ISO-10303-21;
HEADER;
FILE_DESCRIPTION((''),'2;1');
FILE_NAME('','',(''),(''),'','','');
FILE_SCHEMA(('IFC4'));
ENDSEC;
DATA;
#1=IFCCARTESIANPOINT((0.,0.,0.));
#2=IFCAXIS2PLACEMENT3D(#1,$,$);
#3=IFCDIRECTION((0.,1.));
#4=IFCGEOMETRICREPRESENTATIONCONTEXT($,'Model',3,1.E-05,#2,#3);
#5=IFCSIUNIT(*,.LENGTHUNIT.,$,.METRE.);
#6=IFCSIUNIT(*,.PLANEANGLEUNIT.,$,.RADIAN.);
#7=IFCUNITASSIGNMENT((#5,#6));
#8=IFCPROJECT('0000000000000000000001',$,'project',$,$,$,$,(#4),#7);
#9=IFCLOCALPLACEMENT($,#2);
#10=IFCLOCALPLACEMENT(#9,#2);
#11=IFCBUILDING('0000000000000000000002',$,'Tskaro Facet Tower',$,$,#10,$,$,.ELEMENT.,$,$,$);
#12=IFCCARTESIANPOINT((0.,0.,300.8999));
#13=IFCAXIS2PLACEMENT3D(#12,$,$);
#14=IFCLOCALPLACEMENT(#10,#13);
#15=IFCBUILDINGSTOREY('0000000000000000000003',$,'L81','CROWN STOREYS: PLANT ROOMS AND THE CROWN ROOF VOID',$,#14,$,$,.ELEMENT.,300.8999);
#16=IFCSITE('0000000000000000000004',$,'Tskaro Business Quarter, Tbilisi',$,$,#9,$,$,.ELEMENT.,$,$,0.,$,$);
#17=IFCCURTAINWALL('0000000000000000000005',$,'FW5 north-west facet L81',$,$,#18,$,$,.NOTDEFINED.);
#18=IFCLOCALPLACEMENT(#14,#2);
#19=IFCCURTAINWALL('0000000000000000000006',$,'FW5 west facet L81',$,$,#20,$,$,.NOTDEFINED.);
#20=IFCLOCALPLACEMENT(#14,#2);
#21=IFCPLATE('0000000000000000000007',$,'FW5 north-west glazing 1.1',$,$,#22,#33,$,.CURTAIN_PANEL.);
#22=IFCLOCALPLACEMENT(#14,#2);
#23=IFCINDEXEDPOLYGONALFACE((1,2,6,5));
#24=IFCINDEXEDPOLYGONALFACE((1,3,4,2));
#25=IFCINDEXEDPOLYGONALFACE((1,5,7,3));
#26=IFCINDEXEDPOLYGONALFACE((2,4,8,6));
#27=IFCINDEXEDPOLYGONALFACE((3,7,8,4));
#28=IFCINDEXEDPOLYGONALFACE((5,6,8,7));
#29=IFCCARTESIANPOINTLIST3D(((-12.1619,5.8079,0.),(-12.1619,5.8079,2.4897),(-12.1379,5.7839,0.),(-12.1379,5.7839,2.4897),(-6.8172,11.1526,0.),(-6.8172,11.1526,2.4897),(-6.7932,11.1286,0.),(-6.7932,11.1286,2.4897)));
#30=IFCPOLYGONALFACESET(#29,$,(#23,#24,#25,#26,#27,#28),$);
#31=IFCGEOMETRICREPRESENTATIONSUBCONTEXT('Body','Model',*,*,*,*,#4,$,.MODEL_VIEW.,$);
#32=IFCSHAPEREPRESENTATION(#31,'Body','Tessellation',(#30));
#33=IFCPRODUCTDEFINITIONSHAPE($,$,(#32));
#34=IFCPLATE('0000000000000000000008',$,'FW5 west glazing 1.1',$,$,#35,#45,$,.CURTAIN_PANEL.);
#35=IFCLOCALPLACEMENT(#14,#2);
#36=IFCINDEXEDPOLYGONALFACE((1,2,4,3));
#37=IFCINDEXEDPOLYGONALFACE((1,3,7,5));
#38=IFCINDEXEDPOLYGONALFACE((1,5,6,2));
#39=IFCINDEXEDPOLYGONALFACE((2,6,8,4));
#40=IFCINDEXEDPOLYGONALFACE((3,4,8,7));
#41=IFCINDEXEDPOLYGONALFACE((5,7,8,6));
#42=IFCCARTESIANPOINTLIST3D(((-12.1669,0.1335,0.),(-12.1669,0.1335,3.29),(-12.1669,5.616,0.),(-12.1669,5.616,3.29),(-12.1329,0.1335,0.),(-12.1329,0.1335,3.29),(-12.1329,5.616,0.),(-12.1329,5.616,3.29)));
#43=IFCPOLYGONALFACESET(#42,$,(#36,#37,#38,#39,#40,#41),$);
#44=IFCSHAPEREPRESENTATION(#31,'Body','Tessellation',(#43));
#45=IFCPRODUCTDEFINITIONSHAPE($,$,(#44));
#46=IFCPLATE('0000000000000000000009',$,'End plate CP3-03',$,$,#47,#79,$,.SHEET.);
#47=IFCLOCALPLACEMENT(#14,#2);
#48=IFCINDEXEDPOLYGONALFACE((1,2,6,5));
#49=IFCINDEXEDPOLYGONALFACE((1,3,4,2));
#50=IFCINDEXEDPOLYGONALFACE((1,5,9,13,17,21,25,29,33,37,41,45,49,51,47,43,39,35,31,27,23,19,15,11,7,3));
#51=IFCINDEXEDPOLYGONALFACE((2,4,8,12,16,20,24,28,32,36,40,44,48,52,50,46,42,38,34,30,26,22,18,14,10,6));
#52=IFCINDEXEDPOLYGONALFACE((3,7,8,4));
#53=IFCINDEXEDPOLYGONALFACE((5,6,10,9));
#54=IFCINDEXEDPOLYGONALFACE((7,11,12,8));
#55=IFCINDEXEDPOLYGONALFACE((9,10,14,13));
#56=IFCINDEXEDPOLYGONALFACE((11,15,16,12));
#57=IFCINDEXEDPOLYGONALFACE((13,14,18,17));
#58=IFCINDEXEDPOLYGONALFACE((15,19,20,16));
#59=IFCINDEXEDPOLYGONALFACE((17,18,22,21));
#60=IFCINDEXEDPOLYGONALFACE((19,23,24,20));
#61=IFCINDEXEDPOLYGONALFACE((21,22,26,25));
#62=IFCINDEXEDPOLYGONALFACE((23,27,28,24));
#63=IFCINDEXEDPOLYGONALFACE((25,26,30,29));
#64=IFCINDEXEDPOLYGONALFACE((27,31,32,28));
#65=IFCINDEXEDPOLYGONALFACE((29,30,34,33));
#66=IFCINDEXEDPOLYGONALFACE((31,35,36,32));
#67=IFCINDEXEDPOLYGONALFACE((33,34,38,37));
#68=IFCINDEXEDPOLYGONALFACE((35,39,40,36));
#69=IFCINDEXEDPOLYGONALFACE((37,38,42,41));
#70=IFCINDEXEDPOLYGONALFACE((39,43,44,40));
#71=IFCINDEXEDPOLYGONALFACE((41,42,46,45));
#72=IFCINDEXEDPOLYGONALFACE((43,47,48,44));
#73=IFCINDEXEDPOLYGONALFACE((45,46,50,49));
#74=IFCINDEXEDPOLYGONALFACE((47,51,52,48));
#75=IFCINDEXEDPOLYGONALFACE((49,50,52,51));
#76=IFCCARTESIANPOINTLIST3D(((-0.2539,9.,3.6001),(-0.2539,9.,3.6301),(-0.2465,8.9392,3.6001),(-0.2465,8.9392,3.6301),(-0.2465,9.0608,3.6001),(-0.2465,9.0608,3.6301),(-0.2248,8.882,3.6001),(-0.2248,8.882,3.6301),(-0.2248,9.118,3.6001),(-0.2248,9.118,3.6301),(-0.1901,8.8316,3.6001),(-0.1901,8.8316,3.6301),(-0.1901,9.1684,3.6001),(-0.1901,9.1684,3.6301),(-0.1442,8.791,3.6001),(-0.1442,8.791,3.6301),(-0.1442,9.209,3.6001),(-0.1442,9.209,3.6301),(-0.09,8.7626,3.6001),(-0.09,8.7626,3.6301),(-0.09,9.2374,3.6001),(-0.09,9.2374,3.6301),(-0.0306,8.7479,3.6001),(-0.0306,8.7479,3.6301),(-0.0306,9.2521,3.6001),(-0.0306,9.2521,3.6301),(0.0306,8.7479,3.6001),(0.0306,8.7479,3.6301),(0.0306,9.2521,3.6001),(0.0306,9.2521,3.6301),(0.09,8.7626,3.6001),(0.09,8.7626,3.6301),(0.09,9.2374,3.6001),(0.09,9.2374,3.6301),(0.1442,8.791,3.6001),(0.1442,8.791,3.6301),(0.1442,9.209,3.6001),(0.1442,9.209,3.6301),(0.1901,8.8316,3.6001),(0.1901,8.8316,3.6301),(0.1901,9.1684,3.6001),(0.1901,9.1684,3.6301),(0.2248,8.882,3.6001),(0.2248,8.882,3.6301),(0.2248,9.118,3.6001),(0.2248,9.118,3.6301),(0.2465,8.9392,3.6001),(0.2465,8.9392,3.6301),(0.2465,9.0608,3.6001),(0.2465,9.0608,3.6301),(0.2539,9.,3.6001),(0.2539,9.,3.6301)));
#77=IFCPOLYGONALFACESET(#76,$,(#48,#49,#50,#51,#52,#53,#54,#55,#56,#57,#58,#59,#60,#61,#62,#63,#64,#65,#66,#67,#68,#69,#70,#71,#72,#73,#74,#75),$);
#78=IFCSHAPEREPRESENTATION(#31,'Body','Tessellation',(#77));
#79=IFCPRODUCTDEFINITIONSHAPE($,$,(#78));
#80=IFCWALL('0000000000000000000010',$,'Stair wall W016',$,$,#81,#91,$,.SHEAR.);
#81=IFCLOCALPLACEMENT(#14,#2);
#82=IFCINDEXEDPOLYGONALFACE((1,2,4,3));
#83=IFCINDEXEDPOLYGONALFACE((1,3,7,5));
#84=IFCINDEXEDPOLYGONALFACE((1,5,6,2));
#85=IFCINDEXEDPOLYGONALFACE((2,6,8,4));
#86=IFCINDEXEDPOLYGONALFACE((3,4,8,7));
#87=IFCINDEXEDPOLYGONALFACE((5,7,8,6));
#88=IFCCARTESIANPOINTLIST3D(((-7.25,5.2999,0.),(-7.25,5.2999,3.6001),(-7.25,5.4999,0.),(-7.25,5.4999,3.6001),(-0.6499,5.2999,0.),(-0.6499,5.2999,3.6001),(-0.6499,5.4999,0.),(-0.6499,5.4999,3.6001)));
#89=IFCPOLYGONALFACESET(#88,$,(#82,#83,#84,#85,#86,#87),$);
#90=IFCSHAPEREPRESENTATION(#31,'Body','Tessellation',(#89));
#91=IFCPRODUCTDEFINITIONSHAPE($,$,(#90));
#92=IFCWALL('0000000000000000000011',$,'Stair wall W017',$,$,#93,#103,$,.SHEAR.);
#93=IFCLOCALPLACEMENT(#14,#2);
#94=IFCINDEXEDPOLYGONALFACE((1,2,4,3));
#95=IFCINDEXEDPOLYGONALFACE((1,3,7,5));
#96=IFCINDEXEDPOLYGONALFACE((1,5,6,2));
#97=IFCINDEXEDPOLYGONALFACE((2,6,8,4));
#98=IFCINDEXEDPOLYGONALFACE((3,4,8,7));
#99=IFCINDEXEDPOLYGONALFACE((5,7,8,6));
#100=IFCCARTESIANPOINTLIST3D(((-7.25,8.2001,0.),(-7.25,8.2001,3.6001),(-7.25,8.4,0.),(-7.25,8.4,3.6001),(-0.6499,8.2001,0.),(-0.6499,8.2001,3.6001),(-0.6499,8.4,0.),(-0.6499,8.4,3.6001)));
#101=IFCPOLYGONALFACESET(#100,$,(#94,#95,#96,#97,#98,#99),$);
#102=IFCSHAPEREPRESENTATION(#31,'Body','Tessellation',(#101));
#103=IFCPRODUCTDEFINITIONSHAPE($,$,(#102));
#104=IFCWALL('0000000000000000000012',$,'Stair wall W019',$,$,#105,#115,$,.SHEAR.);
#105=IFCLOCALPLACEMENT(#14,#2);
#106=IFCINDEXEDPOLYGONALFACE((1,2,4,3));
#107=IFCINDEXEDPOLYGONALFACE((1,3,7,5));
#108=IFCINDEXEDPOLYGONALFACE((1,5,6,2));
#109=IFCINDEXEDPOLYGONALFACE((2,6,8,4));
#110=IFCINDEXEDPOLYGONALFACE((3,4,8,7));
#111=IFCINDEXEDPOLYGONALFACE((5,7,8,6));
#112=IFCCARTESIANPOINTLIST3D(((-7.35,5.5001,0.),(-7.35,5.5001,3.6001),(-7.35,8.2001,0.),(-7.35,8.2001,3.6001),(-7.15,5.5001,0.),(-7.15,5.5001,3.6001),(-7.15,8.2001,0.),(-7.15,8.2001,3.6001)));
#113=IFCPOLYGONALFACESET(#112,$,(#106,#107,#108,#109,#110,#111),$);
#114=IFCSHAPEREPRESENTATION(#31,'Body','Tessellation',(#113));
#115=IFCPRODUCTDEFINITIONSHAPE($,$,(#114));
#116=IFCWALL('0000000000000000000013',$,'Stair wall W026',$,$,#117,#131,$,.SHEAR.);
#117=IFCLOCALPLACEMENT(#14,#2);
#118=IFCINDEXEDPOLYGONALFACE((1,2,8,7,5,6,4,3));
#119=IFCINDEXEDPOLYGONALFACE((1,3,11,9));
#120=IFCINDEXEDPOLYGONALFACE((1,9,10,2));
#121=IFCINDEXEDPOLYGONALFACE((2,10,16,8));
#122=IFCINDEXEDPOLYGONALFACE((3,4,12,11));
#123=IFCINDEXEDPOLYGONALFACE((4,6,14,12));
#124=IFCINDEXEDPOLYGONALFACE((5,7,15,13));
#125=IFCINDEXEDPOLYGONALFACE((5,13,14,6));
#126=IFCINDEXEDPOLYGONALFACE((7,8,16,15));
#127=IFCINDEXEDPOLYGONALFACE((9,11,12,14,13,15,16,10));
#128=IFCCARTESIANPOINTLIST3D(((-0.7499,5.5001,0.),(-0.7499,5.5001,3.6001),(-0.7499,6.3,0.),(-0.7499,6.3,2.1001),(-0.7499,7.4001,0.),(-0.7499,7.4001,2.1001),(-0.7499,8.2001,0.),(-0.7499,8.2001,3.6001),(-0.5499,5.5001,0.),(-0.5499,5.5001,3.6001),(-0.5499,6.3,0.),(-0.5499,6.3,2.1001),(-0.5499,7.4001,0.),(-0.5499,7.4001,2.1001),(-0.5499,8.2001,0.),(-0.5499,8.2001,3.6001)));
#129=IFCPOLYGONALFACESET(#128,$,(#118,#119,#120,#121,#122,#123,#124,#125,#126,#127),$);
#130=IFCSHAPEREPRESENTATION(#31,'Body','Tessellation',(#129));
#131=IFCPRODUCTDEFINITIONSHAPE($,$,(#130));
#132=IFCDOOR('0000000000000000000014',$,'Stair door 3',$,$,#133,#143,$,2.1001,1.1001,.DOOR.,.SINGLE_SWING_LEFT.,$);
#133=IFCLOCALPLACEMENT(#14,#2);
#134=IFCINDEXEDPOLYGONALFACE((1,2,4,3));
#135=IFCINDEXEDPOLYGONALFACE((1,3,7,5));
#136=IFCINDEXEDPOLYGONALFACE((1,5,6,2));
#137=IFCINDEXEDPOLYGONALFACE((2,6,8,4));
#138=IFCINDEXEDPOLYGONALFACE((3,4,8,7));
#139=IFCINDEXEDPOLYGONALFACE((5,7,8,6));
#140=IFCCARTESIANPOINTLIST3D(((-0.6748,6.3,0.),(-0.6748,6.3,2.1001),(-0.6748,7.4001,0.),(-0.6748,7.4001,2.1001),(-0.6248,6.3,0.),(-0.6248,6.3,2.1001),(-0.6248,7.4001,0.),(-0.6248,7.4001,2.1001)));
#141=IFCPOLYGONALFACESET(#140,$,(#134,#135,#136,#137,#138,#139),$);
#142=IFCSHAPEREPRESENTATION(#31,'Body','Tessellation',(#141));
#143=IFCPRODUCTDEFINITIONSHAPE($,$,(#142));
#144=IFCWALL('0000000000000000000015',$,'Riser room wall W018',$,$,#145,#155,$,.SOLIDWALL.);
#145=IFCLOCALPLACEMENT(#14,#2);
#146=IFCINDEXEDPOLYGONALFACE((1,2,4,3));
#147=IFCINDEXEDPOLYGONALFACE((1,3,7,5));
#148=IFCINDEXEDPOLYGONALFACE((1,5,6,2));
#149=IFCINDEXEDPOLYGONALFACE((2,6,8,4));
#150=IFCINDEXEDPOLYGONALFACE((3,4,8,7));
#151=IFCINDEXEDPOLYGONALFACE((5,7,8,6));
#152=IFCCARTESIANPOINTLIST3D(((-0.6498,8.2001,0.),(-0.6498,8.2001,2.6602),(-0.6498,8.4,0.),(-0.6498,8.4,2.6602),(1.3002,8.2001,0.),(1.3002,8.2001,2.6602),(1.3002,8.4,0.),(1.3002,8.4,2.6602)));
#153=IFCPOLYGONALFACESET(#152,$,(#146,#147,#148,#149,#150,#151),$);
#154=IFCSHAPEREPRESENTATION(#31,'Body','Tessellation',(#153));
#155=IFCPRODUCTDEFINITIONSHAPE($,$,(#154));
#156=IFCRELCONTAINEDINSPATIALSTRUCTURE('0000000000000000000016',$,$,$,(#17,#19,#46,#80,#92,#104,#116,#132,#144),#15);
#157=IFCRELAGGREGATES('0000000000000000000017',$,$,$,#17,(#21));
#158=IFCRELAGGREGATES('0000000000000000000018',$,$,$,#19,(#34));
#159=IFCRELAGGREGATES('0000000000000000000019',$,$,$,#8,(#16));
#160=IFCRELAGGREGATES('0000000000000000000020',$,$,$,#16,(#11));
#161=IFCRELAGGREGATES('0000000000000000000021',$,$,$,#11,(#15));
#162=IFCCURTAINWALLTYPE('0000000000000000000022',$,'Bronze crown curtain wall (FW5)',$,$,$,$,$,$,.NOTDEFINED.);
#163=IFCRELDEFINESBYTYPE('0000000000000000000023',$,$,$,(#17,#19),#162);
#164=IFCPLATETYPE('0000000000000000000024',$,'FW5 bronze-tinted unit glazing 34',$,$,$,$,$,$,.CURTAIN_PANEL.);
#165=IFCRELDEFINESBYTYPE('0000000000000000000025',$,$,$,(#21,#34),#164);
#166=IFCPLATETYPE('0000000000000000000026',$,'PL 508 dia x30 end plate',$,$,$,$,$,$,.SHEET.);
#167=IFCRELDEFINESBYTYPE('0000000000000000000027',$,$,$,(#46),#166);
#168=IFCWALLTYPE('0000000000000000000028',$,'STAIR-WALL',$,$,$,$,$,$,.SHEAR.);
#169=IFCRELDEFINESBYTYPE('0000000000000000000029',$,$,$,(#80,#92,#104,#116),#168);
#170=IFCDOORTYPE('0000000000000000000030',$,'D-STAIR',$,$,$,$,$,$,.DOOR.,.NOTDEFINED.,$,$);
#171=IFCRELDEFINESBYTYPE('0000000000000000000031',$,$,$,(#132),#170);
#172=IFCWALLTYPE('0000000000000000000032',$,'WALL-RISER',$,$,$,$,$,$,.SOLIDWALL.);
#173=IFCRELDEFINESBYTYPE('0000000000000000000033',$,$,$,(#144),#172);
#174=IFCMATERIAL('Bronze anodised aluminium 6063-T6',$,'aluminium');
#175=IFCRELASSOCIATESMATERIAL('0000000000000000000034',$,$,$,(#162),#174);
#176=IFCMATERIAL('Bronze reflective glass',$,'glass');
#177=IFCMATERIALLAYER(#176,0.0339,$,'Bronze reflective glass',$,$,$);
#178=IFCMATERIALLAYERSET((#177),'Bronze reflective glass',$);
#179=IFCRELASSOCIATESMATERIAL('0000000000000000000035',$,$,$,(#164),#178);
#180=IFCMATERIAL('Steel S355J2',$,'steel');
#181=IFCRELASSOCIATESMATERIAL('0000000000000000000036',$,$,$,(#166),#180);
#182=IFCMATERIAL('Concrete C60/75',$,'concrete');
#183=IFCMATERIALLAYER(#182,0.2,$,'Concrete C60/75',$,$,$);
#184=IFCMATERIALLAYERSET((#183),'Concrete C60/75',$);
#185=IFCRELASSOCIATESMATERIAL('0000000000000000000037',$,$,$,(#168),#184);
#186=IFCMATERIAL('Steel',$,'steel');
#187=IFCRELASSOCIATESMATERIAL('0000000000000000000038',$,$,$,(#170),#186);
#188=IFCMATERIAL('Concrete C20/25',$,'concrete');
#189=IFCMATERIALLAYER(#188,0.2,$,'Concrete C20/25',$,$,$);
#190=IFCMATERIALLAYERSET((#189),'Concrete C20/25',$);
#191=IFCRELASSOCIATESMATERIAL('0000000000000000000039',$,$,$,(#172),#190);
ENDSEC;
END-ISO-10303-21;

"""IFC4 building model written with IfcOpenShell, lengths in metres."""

from ifc_helpers import new_model, si_unit, direction, frame, frame_2d, origin, origin_2d, place, context, subcontext, project, spatial, rectangle, circle, extrude, material, layer, layer_set, material_profile, profile_set, type_object, element, fill, aggregate, save


model = new_model("IFC4")

# Units and contexts
model_context = context("Model", 3, precision=1e-05, world=origin(), true_north=direction((0.0, 1.0)))
body_context = subcontext(model_context, "Body", "Model", "MODEL_VIEW")
ifc_project = project(units=[si_unit("LENGTHUNIT", "METRE"), si_unit("PLANEANGLEUNIT", "RADIAN")], contexts=[model_context])

# Site, building, storey
site_placement = place(None, origin())
site = spatial("IfcSite", under=ifc_project, at=site_placement, Name="Tskaro Business Quarter, Tbilisi", CompositionType="ELEMENT", RefElevation=0.0)
building_placement = place(site_placement, origin())
building = spatial("IfcBuilding", under=site, at=building_placement, Name="Tskaro Facet Tower", CompositionType="ELEMENT")
storey_placement = place(building_placement, frame((0.0, 0.0, 300.8999)))
storey = spatial("IfcBuildingStorey", under=building, at=storey_placement, Name="L81", Description="CROWN STOREYS: PLANT ROOMS AND THE CROWN ROOF VOID", CompositionType="ELEMENT", Elevation=300.8999)

# Curtain walls
ifc_material_1 = material(Name="Bronze anodised aluminium 6063-T6", Category="aluminium")
curtain_wall_type = type_object("IfcCurtainWallType", Name="Bronze crown curtain wall (FW5)", PredefinedType="NOTDEFINED", material=ifc_material_1)
curtain_wall_1_placement = place(storey_placement, origin())
curtain_wall_1 = element("IfcCurtainWall", 1, at=curtain_wall_1_placement, inside=storey, type_object=curtain_wall_type, Name="FW5 north-west facet L81", PredefinedType="NOTDEFINED")
curtain_wall_2_placement = place(storey_placement, origin())
curtain_wall_2 = element("IfcCurtainWall", 2, at=curtain_wall_2_placement, inside=storey, type_object=curtain_wall_type, Name="FW5 west facet L81", PredefinedType="NOTDEFINED")

# Shared definitions
ifc_material_2 = material(Name="Steel S355J2", Category="steel")

# Plates
ifc_material_3 = material(Name="Bronze reflective glass", Category="glass")
ifc_layer_1 = layer(ifc_material_3, 0.0339, Name="Bronze reflective glass")
ifc_layer_set_1 = layer_set([ifc_layer_1], Name="Bronze reflective glass")
plate_type_1 = type_object("IfcPlateType", Name="FW5 bronze-tinted unit glazing 34", PredefinedType="CURTAIN_PANEL", material=ifc_layer_set_1)
plate_1_placement = place(storey_placement, frame((-9.4775, 8.4683, 0.0), z_axis=(0.0, 0.0, 1.0), x_axis=(-0.707107, -0.707107, 0.0)))
plate_1 = element("IfcPlate", 3, at=plate_1_placement, type_object=plate_type_1, Name="FW5 north-west glazing 1.1", PredefinedType="CURTAIN_PANEL", context=body_context, shape_type="SweptSolid", body=[
    extrude(rectangle(XDim=7.5586, YDim=0.0339, at=origin_2d()), origin(), (0.0, 0.0, 1.0), 2.4897),
])
aggregate(curtain_wall_1, [plate_1])
plate_2_placement = place(storey_placement, frame((-12.1499, 2.8748, 0.0), z_axis=(0.0, 0.0, 1.0), x_axis=(0.0, -1.0, 0.0)))
plate_2 = element("IfcPlate", 4, at=plate_2_placement, type_object=plate_type_1, Name="FW5 west glazing 1.1", PredefinedType="CURTAIN_PANEL", context=body_context, shape_type="SweptSolid", body=[
    extrude(rectangle(XDim=5.4824, YDim=0.0339, at=origin_2d()), origin(), (0.0, 0.0, 1.0), 3.29),
])
aggregate(curtain_wall_2, [plate_2])
ifc_material_profile_1 = material_profile(ifc_material_2, circle(Radius=0.2539, at=origin_2d()), Name="PL 508 dia x30 end plate")
ifc_profile_set_1 = profile_set([ifc_material_profile_1], Name="Steel S355J2")
plate_type_2 = type_object("IfcPlateType", Name="PL 508 dia x30 end plate", PredefinedType="SHEET", material=ifc_profile_set_1)
plate_3_placement = place(storey_placement, frame((0.0, 9.0, 3.6001), z_axis=(0.0, 0.0, 1.0), x_axis=(1.0, 0.0, 0.0)))
element("IfcPlate", 5, at=plate_3_placement, inside=storey, type_object=plate_type_2, Name="End plate CP3-03", PredefinedType="SHEET", context=body_context, shape_type="SweptSolid", body=[
    extrude(circle(Radius=0.2539, at=origin_2d()), origin(), (0.0, 0.0, 1.0), 0.03),
])

# Walls
ifc_material_4 = material(Name="Concrete C60/75", Category="concrete")
ifc_layer_2 = layer(ifc_material_4, 0.2, Name="Concrete C60/75")
ifc_layer_set_2 = layer_set([ifc_layer_2], Name="Concrete C60/75")
wall_type_1 = type_object("IfcWallType", Name="STAIR-WALL", PredefinedType="SHEAR", material=ifc_layer_set_2)
for number, where, z_axis, x_axis, name in (
    (6, (-7.25, 5.3999, 0.0), (0.0, 0.0, 1.0), (1.0, 0.0, 0.0), "Stair wall W016"),
    (7, (-7.25, 8.3, 0.0), (0.0, 0.0, 1.0), (1.0, 0.0, 0.0), "Stair wall W017"),
):
    element("IfcWall", number, at=place(storey_placement, frame(where, z_axis=z_axis, x_axis=x_axis)), inside=storey, type_object=wall_type_1, Name=name, PredefinedType="SHEAR", context=body_context, shape_type="SweptSolid", body=[
        extrude(rectangle(XDim=6.6001, YDim=0.2, at=frame_2d((3.3, 0.0))), origin(), (0.0, 0.0, 1.0), 3.6001),
    ])
wall_1_placement = place(storey_placement, frame((-7.25, 5.5, 0.0), z_axis=(0.0, 0.0, 1.0), x_axis=(0.0, 1.0, 0.0)))
element("IfcWall", 8, at=wall_1_placement, inside=storey, type_object=wall_type_1, Name="Stair wall W019", PredefinedType="SHEAR", context=body_context, shape_type="SweptSolid", body=[
    extrude(rectangle(XDim=2.7, YDim=0.2, at=frame_2d((1.3501, 0.0))), origin(), (0.0, 0.0, 1.0), 3.6001),
])

# Wall, opening, door
wall_2_placement = place(storey_placement, frame((-0.6499, 5.5, 0.0), z_axis=(0.0, 0.0, 1.0), x_axis=(0.0, 1.0, 0.0)))
wall_2 = element("IfcWall", 9, at=wall_2_placement, inside=storey, type_object=wall_type_1, Name="Stair wall W026", PredefinedType="SHEAR", context=body_context, shape_type="SweptSolid", body=[
    extrude(rectangle(XDim=2.7, YDim=0.2, at=frame_2d((1.3501, 0.0))), origin(), (0.0, 0.0, 1.0), 3.6001),
])
opening_placement = place(wall_2_placement, frame((0.8, 0.0, 0.0)))
opening = element("IfcOpeningElement", 10, at=opening_placement, cuts=wall_2, PredefinedType="OPENING", context=body_context, shape_type="SweptSolid", body=[
    extrude(rectangle(XDim=1.1001, YDim=2.1001, at=frame_2d((0.55, 1.05))), frame((0.0, 0.1099, 0.0), z_axis=(0.0, -1.0, 0.0), x_axis=(1.0, 0.0, 0.0)), (0.0, 0.0, 1.0), 0.22),
])
ifc_material_5 = material(Name="Steel", Category="steel")
door_type = type_object("IfcDoorType", Name="D-STAIR", OperationType="NOTDEFINED", PredefinedType="DOOR", material=ifc_material_5)
door_placement = place(opening_placement, origin())
door = element("IfcDoor", 11, at=door_placement, inside=storey, type_object=door_type, Name="Stair door 3", OperationType="SINGLE_SWING_LEFT", OverallHeight=2.1001, OverallWidth=1.1001, PredefinedType="DOOR", context=body_context, shape_type="SweptSolid", body=[
    extrude(rectangle(XDim=1.1001, YDim=2.1001, at=frame_2d((0.55, 1.05))), frame((0.0, 0.0249, 0.0), z_axis=(0.0, -1.0, 0.0), x_axis=(1.0, 0.0, 0.0)), (0.0, 0.0, 1.0), 0.05),
])
fill(opening, door)

# Wall
ifc_material_6 = material(Name="Concrete C20/25", Category="concrete")
ifc_layer_3 = layer(ifc_material_6, 0.2, Name="Concrete C20/25")
ifc_layer_set_3 = layer_set([ifc_layer_3], Name="Concrete C20/25")
wall_type_2 = type_object("IfcWallType", Name="WALL-RISER", PredefinedType="SOLIDWALL", material=ifc_layer_set_3)
wall_3_placement = place(storey_placement, frame((-0.6499, 8.3, 0.0), z_axis=(0.0, 0.0, 1.0), x_axis=(1.0, 0.0, 0.0)))
element("IfcWall", 12, at=wall_3_placement, inside=storey, type_object=wall_type_2, Name="Riser room wall W018", PredefinedType="SOLIDWALL", context=body_context, shape_type="SweptSolid", body=[
    extrude(rectangle(XDim=1.95, YDim=0.2, at=frame_2d((0.9751, 0.0))), origin(), (0.0, 0.0, 1.0), 2.6602),
])

save(model, "model.ifc")
